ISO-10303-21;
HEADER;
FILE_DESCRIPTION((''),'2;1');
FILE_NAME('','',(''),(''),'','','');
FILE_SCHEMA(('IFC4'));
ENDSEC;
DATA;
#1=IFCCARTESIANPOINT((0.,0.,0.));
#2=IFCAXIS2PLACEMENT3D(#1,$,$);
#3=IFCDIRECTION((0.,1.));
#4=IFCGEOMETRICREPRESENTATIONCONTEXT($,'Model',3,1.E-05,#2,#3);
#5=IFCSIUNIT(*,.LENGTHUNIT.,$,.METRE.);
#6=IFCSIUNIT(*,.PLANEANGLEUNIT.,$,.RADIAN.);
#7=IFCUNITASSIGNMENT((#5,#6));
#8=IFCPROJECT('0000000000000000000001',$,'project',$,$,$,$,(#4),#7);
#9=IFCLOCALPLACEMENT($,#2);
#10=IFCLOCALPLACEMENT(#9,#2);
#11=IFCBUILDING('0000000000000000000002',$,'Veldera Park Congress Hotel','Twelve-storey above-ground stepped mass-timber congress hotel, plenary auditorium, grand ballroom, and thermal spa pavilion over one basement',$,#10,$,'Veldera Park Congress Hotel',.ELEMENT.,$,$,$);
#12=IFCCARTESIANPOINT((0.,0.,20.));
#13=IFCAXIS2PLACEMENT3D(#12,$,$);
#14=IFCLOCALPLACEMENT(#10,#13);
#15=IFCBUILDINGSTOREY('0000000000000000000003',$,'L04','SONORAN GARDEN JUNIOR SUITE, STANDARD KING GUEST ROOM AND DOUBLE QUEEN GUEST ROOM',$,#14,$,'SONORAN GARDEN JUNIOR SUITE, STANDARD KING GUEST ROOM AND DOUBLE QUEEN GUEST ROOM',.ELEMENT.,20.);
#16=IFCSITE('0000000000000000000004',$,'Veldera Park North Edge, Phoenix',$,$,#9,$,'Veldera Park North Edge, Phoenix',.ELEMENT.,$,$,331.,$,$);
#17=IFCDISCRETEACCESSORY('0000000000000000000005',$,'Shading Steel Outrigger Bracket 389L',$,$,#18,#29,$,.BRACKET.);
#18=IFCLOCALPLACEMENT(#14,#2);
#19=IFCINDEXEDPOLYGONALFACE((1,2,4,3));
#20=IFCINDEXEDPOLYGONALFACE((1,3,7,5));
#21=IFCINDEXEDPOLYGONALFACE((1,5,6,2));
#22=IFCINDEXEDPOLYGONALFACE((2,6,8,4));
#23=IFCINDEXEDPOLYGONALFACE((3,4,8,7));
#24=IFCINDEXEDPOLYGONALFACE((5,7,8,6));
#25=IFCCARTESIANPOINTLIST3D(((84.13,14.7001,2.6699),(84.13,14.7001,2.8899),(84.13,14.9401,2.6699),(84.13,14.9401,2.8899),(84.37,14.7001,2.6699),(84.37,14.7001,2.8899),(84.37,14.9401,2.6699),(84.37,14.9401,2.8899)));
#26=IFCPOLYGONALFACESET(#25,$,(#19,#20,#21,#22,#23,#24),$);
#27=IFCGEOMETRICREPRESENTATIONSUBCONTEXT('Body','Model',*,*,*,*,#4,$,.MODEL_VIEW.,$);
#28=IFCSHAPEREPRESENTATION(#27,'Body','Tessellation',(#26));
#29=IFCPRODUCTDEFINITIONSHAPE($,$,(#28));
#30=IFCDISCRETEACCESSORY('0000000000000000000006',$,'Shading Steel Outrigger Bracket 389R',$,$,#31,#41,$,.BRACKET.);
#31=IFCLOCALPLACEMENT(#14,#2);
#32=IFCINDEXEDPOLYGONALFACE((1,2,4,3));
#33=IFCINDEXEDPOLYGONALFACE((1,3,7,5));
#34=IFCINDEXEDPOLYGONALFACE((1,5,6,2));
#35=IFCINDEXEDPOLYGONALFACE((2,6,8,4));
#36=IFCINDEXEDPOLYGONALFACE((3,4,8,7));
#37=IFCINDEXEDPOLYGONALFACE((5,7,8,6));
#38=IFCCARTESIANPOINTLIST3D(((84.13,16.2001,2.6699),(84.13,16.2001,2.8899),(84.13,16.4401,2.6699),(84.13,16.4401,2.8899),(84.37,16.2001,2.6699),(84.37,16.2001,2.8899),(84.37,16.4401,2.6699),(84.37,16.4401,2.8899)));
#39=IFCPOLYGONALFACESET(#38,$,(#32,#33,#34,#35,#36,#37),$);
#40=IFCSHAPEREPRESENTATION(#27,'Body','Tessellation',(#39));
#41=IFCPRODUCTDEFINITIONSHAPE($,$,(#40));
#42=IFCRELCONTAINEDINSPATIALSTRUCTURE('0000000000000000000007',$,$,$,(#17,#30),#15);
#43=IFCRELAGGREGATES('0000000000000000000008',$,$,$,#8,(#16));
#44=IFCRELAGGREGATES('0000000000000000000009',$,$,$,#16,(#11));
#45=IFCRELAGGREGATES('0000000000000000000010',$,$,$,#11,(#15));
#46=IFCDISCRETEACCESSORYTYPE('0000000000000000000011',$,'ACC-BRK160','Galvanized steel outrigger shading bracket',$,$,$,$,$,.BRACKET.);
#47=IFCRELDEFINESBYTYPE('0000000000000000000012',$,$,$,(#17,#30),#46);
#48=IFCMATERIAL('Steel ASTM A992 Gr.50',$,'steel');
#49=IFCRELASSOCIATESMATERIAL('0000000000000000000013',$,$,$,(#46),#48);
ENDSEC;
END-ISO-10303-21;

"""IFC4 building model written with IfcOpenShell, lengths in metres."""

from ifc_helpers import new_model, si_unit, direction, frame, origin, origin_2d, place, context, subcontext, project, spatial, rectangle, extrude, material, type_object, element, save


model = new_model("IFC4")

# Units and contexts
model_context = context("Model", 3, precision=1e-05, world=origin(), true_north=direction((0.0, 1.0)))
body_context = subcontext(model_context, "Body", "Model", "MODEL_VIEW")
ifc_project = project(units=[si_unit("LENGTHUNIT", "METRE"), si_unit("PLANEANGLEUNIT", "RADIAN")], contexts=[model_context])

# Site, building, storey
site_placement = place(None, origin())
site = spatial("IfcSite", under=ifc_project, at=site_placement, Name="Veldera Park North Edge, Phoenix", LongName="Veldera Park North Edge, Phoenix", CompositionType="ELEMENT", RefElevation=331.0)
building_placement = place(site_placement, origin())
building = spatial("IfcBuilding", under=site, at=building_placement, Name="Veldera Park Congress Hotel", Description="Twelve-storey above-ground stepped mass-timber congress hotel, plenary auditorium, grand ballroom, and thermal spa pavilion over one basement", LongName="Veldera Park Congress Hotel", CompositionType="ELEMENT")
storey_placement = place(building_placement, frame((0.0, 0.0, 20.0)))
storey = spatial("IfcBuildingStorey", under=building, at=storey_placement, Name="L04", Description="SONORAN GARDEN JUNIOR SUITE, STANDARD KING GUEST ROOM AND DOUBLE QUEEN GUEST ROOM", LongName="SONORAN GARDEN JUNIOR SUITE, STANDARD KING GUEST ROOM AND DOUBLE QUEEN GUEST ROOM", CompositionType="ELEMENT", Elevation=20.0)

# Discrete accessories
ifc_material_1 = material(Name="Steel ASTM A992 Gr.50", Category="steel")
discrete_accessory_type = type_object("IfcDiscreteAccessoryType", Name="ACC-BRK160", Description="Galvanized steel outrigger shading bracket", PredefinedType="BRACKET", material=ifc_material_1)
for number, where, z_axis, x_axis, name in (
    (1, (84.25, 14.8201, 2.6699), (0.0, 0.0, 1.0), (0.0, 1.0, 0.0), "Shading Steel Outrigger Bracket 389L"),
    (2, (84.25, 16.3201, 2.6699), (0.0, 0.0, 1.0), (0.0, 1.0, 0.0), "Shading Steel Outrigger Bracket 389R"),
):
    element("IfcDiscreteAccessory", number, at=place(storey_placement, frame(where, z_axis=z_axis, x_axis=x_axis)), inside=storey, type_object=discrete_accessory_type, Name=name, PredefinedType="BRACKET", context=body_context, shape_type="SweptSolid", body=[
        extrude(rectangle(XDim=0.24, YDim=0.24, at=origin_2d()), origin(), (0.0, 0.0, 1.0), 0.22),
    ])

save(model, "model.ifc")
